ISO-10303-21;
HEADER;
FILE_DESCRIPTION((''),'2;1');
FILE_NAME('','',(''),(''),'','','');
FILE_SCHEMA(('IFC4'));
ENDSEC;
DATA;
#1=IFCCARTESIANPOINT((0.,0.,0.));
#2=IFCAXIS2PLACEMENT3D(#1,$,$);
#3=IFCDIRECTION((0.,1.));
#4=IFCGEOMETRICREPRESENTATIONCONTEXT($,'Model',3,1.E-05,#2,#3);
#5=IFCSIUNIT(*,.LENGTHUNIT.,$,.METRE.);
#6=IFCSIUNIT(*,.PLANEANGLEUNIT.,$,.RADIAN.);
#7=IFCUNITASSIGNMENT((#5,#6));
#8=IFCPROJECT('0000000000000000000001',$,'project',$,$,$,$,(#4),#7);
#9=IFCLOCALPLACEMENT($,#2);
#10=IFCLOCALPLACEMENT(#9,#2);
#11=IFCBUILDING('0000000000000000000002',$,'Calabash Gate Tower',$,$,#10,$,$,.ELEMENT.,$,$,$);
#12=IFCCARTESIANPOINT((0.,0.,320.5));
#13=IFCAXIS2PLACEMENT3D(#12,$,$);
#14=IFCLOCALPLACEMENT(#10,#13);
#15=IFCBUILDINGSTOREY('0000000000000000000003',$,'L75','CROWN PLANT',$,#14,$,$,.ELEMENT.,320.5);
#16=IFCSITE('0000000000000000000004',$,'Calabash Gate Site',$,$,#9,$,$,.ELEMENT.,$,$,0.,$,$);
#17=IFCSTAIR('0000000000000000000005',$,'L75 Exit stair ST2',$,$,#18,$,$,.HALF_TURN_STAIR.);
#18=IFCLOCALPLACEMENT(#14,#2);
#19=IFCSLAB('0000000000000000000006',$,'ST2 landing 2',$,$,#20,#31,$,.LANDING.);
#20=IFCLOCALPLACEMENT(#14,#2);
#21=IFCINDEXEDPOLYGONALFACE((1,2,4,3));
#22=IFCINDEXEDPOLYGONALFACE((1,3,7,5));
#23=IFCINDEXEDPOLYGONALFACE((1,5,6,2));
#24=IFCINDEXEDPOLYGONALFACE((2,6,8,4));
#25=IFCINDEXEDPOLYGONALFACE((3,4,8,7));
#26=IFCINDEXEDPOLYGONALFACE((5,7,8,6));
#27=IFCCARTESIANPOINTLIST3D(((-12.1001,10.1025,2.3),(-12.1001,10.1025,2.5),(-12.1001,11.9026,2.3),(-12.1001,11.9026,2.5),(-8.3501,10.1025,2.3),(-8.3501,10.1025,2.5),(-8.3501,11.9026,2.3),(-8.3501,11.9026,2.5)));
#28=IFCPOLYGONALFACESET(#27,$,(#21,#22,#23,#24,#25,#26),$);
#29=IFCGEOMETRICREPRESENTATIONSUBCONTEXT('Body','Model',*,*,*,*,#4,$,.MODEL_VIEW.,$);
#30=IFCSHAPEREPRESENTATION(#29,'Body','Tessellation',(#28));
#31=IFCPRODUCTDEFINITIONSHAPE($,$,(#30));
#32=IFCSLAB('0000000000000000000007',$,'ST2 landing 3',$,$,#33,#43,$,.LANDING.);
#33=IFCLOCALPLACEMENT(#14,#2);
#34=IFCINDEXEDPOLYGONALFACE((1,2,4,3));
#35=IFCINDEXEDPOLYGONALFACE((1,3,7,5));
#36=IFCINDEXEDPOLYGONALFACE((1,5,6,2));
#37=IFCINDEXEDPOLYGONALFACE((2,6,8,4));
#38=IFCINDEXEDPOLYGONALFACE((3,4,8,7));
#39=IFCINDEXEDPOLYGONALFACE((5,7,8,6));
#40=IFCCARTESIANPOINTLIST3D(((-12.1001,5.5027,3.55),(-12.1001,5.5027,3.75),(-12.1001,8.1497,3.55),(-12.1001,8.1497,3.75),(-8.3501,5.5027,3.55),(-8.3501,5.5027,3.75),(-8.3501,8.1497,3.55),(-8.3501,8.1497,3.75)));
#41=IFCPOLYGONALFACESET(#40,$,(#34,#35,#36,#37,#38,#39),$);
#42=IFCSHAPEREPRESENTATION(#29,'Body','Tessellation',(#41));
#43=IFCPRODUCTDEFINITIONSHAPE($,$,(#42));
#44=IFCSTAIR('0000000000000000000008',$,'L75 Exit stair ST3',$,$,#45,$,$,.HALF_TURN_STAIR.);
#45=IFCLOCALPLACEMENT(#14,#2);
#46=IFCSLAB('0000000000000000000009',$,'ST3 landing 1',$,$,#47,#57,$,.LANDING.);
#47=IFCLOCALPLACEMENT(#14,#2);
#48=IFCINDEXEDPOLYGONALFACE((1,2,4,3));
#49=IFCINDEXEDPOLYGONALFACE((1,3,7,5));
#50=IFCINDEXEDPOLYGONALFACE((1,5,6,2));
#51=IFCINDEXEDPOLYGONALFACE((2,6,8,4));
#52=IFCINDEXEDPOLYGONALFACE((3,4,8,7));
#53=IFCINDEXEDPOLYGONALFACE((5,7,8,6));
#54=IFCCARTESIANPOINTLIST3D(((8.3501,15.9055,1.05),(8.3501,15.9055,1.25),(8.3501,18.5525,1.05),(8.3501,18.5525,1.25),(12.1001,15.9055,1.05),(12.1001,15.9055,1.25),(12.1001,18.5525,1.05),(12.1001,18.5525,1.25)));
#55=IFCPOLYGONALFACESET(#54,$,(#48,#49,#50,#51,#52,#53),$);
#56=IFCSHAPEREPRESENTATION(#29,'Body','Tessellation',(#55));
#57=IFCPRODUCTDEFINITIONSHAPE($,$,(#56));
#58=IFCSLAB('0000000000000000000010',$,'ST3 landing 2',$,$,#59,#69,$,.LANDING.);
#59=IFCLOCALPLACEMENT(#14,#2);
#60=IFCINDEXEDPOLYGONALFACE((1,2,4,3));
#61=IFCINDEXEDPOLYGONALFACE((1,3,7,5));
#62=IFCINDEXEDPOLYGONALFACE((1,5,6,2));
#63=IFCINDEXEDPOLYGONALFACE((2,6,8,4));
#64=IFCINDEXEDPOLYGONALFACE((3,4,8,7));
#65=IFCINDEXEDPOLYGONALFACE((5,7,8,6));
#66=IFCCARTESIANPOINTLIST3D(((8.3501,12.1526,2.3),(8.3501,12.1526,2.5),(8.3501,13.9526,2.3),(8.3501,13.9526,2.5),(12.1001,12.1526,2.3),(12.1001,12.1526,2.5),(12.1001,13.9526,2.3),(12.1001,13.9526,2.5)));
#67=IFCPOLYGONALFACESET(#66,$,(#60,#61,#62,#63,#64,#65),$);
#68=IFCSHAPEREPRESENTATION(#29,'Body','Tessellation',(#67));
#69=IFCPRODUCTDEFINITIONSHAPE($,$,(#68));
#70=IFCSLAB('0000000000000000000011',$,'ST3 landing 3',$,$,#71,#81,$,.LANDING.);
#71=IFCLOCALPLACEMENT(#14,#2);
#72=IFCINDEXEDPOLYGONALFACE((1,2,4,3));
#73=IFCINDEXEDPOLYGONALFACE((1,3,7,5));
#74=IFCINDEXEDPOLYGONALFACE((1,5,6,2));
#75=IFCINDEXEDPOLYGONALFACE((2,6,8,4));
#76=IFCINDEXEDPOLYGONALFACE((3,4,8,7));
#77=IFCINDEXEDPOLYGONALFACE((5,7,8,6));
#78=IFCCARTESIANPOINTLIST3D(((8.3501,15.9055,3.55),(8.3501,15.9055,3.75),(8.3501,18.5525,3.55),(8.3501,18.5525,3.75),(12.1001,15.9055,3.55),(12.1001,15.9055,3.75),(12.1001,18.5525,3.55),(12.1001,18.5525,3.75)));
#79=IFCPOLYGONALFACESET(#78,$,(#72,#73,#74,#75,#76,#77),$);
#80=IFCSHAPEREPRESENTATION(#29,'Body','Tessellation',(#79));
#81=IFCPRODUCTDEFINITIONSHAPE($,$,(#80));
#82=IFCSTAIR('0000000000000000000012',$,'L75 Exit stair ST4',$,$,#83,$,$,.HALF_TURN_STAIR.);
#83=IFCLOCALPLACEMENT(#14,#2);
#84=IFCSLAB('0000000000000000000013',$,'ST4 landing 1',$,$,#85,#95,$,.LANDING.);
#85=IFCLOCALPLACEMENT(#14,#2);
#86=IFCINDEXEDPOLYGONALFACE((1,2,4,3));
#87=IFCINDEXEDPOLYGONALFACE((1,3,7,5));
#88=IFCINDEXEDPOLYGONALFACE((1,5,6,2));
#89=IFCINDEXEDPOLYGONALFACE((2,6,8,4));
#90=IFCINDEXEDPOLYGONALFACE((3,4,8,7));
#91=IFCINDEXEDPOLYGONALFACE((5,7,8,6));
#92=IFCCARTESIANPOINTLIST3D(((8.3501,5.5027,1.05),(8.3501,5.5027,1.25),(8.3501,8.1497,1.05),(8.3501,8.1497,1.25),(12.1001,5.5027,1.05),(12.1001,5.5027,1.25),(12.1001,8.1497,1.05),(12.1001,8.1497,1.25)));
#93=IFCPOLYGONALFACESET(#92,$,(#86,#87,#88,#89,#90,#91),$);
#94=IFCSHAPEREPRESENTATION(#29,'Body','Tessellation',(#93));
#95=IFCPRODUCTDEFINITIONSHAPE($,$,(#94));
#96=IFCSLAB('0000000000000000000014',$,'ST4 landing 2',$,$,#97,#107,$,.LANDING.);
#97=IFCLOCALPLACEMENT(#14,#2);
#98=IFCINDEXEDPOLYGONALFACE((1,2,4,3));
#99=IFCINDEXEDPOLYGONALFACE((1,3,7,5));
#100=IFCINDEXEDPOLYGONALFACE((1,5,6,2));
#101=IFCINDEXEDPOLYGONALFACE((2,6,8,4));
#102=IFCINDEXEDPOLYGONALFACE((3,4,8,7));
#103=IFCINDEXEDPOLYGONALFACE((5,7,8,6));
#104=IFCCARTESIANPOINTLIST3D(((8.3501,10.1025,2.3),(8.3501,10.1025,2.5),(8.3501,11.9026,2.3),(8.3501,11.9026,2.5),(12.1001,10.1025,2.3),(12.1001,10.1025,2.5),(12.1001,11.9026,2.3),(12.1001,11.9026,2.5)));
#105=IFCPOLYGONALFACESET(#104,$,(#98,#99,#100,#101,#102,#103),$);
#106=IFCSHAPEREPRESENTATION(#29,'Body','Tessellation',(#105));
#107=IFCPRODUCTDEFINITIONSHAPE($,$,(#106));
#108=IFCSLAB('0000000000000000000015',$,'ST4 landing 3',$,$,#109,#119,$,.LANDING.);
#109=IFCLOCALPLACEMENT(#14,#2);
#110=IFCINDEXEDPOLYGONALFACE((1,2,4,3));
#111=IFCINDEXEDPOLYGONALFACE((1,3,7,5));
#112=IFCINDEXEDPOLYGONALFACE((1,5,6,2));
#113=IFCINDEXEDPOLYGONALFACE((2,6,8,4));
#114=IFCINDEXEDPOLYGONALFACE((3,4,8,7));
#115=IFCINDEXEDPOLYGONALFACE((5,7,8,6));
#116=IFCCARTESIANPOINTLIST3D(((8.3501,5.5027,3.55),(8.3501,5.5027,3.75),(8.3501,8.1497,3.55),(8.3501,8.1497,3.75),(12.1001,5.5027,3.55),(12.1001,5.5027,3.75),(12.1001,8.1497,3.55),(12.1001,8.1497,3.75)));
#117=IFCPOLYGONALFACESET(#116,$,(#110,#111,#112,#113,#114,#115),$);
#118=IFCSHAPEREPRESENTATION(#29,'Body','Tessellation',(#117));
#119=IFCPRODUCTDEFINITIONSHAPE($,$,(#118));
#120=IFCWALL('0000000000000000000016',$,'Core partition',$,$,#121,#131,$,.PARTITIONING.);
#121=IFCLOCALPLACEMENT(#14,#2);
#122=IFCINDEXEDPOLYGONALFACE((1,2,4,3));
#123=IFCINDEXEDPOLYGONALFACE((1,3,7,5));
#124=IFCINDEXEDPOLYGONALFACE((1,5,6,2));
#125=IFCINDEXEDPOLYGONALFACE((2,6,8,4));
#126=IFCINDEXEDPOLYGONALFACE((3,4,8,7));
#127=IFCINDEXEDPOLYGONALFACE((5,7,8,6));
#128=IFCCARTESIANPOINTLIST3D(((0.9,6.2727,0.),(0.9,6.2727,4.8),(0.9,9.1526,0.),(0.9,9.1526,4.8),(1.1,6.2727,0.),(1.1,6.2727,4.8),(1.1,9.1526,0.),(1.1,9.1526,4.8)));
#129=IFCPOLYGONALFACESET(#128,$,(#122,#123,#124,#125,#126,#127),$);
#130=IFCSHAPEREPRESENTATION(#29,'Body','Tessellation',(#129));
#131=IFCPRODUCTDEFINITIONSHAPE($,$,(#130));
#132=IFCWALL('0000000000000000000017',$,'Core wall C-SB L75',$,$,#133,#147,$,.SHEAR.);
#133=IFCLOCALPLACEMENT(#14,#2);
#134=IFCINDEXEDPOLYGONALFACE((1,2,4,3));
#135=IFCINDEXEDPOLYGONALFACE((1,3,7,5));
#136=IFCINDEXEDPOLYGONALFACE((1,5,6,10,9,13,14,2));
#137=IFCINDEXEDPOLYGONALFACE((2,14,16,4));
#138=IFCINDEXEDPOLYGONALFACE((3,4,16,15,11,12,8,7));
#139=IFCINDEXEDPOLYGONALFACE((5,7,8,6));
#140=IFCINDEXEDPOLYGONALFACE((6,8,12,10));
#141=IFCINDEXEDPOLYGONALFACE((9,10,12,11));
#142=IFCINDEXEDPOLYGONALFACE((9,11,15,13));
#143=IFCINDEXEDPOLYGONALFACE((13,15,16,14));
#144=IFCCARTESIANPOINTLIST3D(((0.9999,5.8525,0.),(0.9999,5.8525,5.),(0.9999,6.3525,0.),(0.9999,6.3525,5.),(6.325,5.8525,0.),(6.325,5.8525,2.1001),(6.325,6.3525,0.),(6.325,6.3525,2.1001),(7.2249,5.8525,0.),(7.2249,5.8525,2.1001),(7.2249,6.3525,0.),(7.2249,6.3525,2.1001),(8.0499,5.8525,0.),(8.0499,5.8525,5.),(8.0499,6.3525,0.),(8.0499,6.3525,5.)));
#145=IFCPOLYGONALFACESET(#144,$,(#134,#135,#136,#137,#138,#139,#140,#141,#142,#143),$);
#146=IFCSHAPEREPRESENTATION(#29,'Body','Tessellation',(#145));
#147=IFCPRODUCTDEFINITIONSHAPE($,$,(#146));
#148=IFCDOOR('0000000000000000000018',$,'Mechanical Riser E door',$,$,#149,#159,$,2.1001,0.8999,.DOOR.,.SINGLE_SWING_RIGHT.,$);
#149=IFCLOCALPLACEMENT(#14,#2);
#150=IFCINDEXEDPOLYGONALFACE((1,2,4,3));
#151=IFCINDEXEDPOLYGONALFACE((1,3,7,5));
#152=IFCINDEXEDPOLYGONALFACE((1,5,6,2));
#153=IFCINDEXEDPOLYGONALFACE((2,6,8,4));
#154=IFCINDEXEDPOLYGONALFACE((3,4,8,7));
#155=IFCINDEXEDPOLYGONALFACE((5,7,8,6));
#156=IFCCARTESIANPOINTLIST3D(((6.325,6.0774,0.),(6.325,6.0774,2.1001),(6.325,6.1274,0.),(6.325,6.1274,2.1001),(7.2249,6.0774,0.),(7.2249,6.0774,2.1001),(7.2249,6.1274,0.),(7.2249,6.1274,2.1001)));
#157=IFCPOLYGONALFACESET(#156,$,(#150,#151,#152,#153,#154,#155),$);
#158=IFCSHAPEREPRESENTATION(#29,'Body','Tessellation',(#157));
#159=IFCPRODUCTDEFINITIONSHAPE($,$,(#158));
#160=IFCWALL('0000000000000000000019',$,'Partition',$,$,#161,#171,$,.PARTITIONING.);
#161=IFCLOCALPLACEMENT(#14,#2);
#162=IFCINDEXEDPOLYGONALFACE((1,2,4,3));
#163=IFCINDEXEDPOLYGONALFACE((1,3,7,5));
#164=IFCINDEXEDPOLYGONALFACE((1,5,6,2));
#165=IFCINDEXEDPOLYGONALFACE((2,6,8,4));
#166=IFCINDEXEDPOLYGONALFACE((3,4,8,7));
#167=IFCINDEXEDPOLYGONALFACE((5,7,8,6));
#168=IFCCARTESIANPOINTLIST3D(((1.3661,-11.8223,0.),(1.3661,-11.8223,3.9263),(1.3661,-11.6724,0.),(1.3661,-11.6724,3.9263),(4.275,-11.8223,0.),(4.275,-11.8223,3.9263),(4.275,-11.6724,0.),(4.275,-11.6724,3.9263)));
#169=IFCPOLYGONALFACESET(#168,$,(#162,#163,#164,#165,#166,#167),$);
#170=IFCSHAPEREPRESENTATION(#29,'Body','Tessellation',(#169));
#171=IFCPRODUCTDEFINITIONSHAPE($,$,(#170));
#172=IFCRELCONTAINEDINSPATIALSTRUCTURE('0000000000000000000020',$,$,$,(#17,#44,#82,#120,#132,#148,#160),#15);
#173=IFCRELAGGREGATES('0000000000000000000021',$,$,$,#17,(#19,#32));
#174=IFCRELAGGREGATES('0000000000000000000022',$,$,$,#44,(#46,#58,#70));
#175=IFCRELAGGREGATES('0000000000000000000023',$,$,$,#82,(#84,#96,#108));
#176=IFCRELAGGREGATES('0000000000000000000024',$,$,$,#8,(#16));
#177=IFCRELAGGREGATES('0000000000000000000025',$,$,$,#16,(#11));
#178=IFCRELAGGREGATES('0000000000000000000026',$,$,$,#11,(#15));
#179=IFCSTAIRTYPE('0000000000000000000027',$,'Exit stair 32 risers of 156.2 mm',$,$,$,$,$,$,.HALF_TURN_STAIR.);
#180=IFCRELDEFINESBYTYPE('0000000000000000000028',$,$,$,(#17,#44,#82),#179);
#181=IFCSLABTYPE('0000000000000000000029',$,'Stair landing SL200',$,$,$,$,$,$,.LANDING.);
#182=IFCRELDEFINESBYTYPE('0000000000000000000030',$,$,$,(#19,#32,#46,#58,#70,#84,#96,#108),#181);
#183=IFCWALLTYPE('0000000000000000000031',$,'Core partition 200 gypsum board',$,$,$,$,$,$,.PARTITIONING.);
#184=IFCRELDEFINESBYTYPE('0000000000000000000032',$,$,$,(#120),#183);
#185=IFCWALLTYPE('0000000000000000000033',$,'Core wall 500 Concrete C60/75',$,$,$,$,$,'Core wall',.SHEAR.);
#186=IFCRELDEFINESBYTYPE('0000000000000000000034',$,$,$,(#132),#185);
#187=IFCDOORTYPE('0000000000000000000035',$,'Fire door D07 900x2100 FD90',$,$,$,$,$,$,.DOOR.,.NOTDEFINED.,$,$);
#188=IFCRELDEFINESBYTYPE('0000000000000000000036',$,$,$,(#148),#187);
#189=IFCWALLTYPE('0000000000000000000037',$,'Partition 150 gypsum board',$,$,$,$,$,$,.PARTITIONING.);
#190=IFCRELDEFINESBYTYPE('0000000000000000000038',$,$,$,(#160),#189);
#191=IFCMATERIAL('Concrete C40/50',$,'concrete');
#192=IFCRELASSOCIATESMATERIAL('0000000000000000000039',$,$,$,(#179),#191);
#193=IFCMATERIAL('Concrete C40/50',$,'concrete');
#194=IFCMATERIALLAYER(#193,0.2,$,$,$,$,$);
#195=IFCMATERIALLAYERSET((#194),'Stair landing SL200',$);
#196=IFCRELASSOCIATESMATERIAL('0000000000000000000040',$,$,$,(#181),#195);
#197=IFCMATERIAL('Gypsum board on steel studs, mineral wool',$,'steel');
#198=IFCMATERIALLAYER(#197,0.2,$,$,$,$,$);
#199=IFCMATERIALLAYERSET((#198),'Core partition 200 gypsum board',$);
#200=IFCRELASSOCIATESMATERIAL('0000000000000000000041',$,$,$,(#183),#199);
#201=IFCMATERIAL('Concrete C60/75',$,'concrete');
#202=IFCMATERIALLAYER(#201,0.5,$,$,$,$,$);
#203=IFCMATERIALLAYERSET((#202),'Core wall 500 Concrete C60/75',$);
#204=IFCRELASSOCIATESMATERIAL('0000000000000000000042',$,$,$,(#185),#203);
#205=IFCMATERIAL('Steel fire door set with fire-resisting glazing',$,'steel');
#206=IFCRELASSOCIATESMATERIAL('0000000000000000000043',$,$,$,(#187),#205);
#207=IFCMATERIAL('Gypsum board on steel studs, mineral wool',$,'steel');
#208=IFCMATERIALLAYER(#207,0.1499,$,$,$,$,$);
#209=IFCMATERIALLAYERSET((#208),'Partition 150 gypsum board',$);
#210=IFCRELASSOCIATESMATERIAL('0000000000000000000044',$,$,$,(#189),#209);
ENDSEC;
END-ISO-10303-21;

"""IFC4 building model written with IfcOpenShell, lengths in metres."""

from ifc_helpers import new_model, si_unit, direction, frame, frame_2d, origin, place, context, subcontext, project, spatial, polyline, rectangle, outline, extrude, material, layer, layer_set, type_object, element, fill, aggregate, save


model = new_model("IFC4")

# Units and contexts
model_context = context("Model", 3, precision=1e-05, world=origin(), true_north=direction((0.0, 1.0)))
body_context = subcontext(model_context, "Body", "Model", "MODEL_VIEW")
ifc_project = project(units=[si_unit("LENGTHUNIT", "METRE"), si_unit("PLANEANGLEUNIT", "RADIAN")], contexts=[model_context])

# Site, building, storey
site_placement = place(None, origin())
site = spatial("IfcSite", under=ifc_project, at=site_placement, Name="Calabash Gate Site", CompositionType="ELEMENT", RefElevation=0.0)
building_placement = place(site_placement, origin())
building = spatial("IfcBuilding", under=site, at=building_placement, Name="Calabash Gate Tower", CompositionType="ELEMENT")
storey_placement = place(building_placement, frame((0.0, 0.0, 320.5)))
storey = spatial("IfcBuildingStorey", under=building, at=storey_placement, Name="L75", Description="CROWN PLANT", CompositionType="ELEMENT", Elevation=320.5)

# Stairs, slabs
ifc_material_1 = material(Name="Concrete C40/50", Category="concrete")
stair_type = type_object("IfcStairType", Name="Exit stair 32 risers of 156.2 mm", PredefinedType="HALF_TURN_STAIR", material=ifc_material_1)
stair_1_placement = place(storey_placement, origin())
stair_1 = element("IfcStair", 1, at=stair_1_placement, inside=storey, type_object=stair_type, Name="L75 Exit stair ST2", PredefinedType="HALF_TURN_STAIR")
ifc_material_2 = material(Name="Concrete C40/50", Category="concrete")
ifc_layer_1 = layer(ifc_material_2, 0.2)
ifc_layer_set_1 = layer_set([ifc_layer_1], Name="Stair landing SL200")
slab_type = type_object("IfcSlabType", Name="Stair landing SL200", PredefinedType="LANDING", material=ifc_layer_set_1)
slab_1_placement = place(storey_placement, frame((0.0, 0.0, 2.3)))
slab_1 = element("IfcSlab", 2, at=slab_1_placement, type_object=slab_type, Name="ST2 landing 2", PredefinedType="LANDING", context=body_context, shape_type="SweptSolid", body=[
    extrude(outline(polyline([(-12.1001, 11.9026), (-12.1001, 10.1025), (-8.3501, 10.1025), (-8.3501, 11.9026), (-12.1001, 11.9026)])), origin(), (0.0, 0.0, 1.0), 0.2),
])
slab_2_placement = place(storey_placement, frame((0.0, 0.0, 3.55)))
slab_2 = element("IfcSlab", 3, at=slab_2_placement, type_object=slab_type, Name="ST2 landing 3", PredefinedType="LANDING", context=body_context, shape_type="SweptSolid", body=[
    extrude(outline(polyline([(-12.1001, 8.1497), (-12.1001, 5.5027), (-8.3501, 5.5027), (-8.3501, 8.1497), (-12.1001, 8.1497)])), origin(), (0.0, 0.0, 1.0), 0.2),
])
aggregate(stair_1, [slab_1, slab_2])
stair_2_placement = place(storey_placement, origin())
stair_2 = element("IfcStair", 4, at=stair_2_placement, inside=storey, type_object=stair_type, Name="L75 Exit stair ST3", PredefinedType="HALF_TURN_STAIR")
slab_3_placement = place(storey_placement, frame((0.0, 0.0, 1.05)))
slab_3 = element("IfcSlab", 5, at=slab_3_placement, type_object=slab_type, Name="ST3 landing 1", PredefinedType="LANDING", context=body_context, shape_type="SweptSolid", body=[
    extrude(outline(polyline([(12.1001, 15.9055), (12.1001, 18.5525), (8.3501, 18.5525), (8.3501, 15.9055), (12.1001, 15.9055)])), origin(), (0.0, 0.0, 1.0), 0.2),
])
slab_4_placement = place(storey_placement, frame((0.0, 0.0, 2.3)))
slab_4 = element("IfcSlab", 6, at=slab_4_placement, type_object=slab_type, Name="ST3 landing 2", PredefinedType="LANDING", context=body_context, shape_type="SweptSolid", body=[
    extrude(outline(polyline([(12.1001, 12.1526), (12.1001, 13.9526), (8.3501, 13.9526), (8.3501, 12.1526), (12.1001, 12.1526)])), origin(), (0.0, 0.0, 1.0), 0.2),
])
slab_5_placement = place(storey_placement, frame((0.0, 0.0, 3.55)))
slab_5 = element("IfcSlab", 7, at=slab_5_placement, type_object=slab_type, Name="ST3 landing 3", PredefinedType="LANDING", context=body_context, shape_type="SweptSolid", body=[
    extrude(outline(polyline([(12.1001, 15.9055), (12.1001, 18.5525), (8.3501, 18.5525), (8.3501, 15.9055), (12.1001, 15.9055)])), origin(), (0.0, 0.0, 1.0), 0.2),
])
aggregate(stair_2, [slab_3, slab_4, slab_5])
stair_3_placement = place(storey_placement, origin())
stair_3 = element("IfcStair", 8, at=stair_3_placement, inside=storey, type_object=stair_type, Name="L75 Exit stair ST4", PredefinedType="HALF_TURN_STAIR")
slab_6_placement = place(storey_placement, frame((0.0, 0.0, 1.05)))
slab_6 = element("IfcSlab", 9, at=slab_6_placement, type_object=slab_type, Name="ST4 landing 1", PredefinedType="LANDING", context=body_context, shape_type="SweptSolid", body=[
    extrude(outline(polyline([(8.3501, 8.1497), (8.3501, 5.5027), (12.1001, 5.5027), (12.1001, 8.1497), (8.3501, 8.1497)])), origin(), (0.0, 0.0, 1.0), 0.2),
])
slab_7_placement = place(storey_placement, frame((0.0, 0.0, 2.3)))
slab_7 = element("IfcSlab", 10, at=slab_7_placement, type_object=slab_type, Name="ST4 landing 2", PredefinedType="LANDING", context=body_context, shape_type="SweptSolid", body=[
    extrude(outline(polyline([(8.3501, 11.9026), (8.3501, 10.1025), (12.1001, 10.1025), (12.1001, 11.9026), (8.3501, 11.9026)])), origin(), (0.0, 0.0, 1.0), 0.2),
])
slab_8_placement = place(storey_placement, frame((0.0, 0.0, 3.55)))
slab_8 = element("IfcSlab", 11, at=slab_8_placement, type_object=slab_type, Name="ST4 landing 3", PredefinedType="LANDING", context=body_context, shape_type="SweptSolid", body=[
    extrude(outline(polyline([(8.3501, 8.1497), (8.3501, 5.5027), (12.1001, 5.5027), (12.1001, 8.1497), (8.3501, 8.1497)])), origin(), (0.0, 0.0, 1.0), 0.2),
])
aggregate(stair_3, [slab_6, slab_7, slab_8])

# Wall
ifc_material_3 = material(Name="Gypsum board on steel studs, mineral wool", Category="steel")
ifc_layer_2 = layer(ifc_material_3, 0.2)
ifc_layer_set_2 = layer_set([ifc_layer_2], Name="Core partition 200 gypsum board")
wall_type_1 = type_object("IfcWallType", Name="Core partition 200 gypsum board", PredefinedType="PARTITIONING", material=ifc_layer_set_2)
wall_1_placement = place(storey_placement, frame((1.0, 6.2727, 0.0), z_axis=(0.0, 0.0, 1.0), x_axis=(0.0, 1.0, 0.0)))
element("IfcWall", 12, at=wall_1_placement, inside=storey, type_object=wall_type_1, Name="Core partition", PredefinedType="PARTITIONING", context=body_context, shape_type="SweptSolid", body=[
    extrude(rectangle(XDim=2.8799, YDim=0.2, at=frame_2d((1.4399, 0.0))), origin(), (0.0, 0.0, 1.0), 4.8),
])

# Wall, opening, door
ifc_material_4 = material(Name="Concrete C60/75", Category="concrete")
ifc_layer_3 = layer(ifc_material_4, 0.5)
ifc_layer_set_3 = layer_set([ifc_layer_3], Name="Core wall 500 Concrete C60/75")
wall_type_2 = type_object("IfcWallType", Name="Core wall 500 Concrete C60/75", ElementType="Core wall", PredefinedType="SHEAR", material=ifc_layer_set_3)
wall_2_placement = place(storey_placement, frame((1.0, 6.1025, 0.0), z_axis=(0.0, 0.0, 1.0), x_axis=(1.0, 0.0, 0.0)))
wall_2 = element("IfcWall", 13, at=wall_2_placement, inside=storey, type_object=wall_type_2, Name="Core wall C-SB L75", PredefinedType="SHEAR", context=body_context, shape_type="SweptSolid", body=[
    extrude(rectangle(XDim=7.05, YDim=0.5, at=frame_2d((3.5249, 0.0))), origin(), (0.0, 0.0, 1.0), 5.0),
])
opening_1_placement = place(wall_2_placement, frame((5.325, 0.0, 0.0)))
opening_1 = element("IfcOpeningElement", 14, at=opening_1_placement, cuts=wall_2, PredefinedType="OPENING", context=body_context, shape_type="SweptSolid", body=[
    extrude(rectangle(XDim=0.8999, YDim=2.1001, at=frame_2d((0.45, 1.05))), frame((0.0, 0.26, 0.0), z_axis=(0.0, -1.0, 0.0), x_axis=(1.0, 0.0, 0.0)), (0.0, 0.0, 1.0), 0.52),
])
ifc_material_5 = material(Name="Steel fire door set with fire-resisting glazing", Category="steel")
door_type_1 = type_object("IfcDoorType", Name="Fire door D07 900x2100 FD90", OperationType="NOTDEFINED", PredefinedType="DOOR", material=ifc_material_5)
door_1_placement = place(opening_1_placement, origin())
door_1 = element("IfcDoor", 15, at=door_1_placement, inside=storey, type_object=door_type_1, Name="Mechanical Riser E door", OperationType="SINGLE_SWING_RIGHT", OverallHeight=2.1001, OverallWidth=0.8999, PredefinedType="DOOR", context=body_context, shape_type="SweptSolid", body=[
    extrude(rectangle(XDim=0.8999, YDim=2.1001, at=frame_2d((0.45, 1.05))), frame((0.0, 0.0249, 0.0), z_axis=(0.0, -1.0, 0.0), x_axis=(1.0, 0.0, 0.0)), (0.0, 0.0, 1.0), 0.05),
])
fill(opening_1, door_1)

# Wall
ifc_material_6 = material(Name="Gypsum board on steel studs, mineral wool", Category="steel")
ifc_layer_4 = layer(ifc_material_6, 0.1499)
ifc_layer_set_4 = layer_set([ifc_layer_4], Name="Partition 150 gypsum board")
wall_type_3 = type_object("IfcWallType", Name="Partition 150 gypsum board", PredefinedType="PARTITIONING", material=ifc_layer_set_4)
wall_3_placement = place(storey_placement, frame((1.366, -11.7473, 0.0), z_axis=(0.0, 0.0, 1.0), x_axis=(1.0, 0.0, 0.0)))
element("IfcWall", 16, at=wall_3_placement, inside=storey, type_object=wall_type_3, Name="Partition", PredefinedType="PARTITIONING", context=body_context, shape_type="SweptSolid", body=[
    extrude(rectangle(XDim=2.9089, YDim=0.1499, at=frame_2d((1.4546, 0.0))), origin(), (0.0, 0.0, 1.0), 3.9263),
])

save(model, "model.ifc")
